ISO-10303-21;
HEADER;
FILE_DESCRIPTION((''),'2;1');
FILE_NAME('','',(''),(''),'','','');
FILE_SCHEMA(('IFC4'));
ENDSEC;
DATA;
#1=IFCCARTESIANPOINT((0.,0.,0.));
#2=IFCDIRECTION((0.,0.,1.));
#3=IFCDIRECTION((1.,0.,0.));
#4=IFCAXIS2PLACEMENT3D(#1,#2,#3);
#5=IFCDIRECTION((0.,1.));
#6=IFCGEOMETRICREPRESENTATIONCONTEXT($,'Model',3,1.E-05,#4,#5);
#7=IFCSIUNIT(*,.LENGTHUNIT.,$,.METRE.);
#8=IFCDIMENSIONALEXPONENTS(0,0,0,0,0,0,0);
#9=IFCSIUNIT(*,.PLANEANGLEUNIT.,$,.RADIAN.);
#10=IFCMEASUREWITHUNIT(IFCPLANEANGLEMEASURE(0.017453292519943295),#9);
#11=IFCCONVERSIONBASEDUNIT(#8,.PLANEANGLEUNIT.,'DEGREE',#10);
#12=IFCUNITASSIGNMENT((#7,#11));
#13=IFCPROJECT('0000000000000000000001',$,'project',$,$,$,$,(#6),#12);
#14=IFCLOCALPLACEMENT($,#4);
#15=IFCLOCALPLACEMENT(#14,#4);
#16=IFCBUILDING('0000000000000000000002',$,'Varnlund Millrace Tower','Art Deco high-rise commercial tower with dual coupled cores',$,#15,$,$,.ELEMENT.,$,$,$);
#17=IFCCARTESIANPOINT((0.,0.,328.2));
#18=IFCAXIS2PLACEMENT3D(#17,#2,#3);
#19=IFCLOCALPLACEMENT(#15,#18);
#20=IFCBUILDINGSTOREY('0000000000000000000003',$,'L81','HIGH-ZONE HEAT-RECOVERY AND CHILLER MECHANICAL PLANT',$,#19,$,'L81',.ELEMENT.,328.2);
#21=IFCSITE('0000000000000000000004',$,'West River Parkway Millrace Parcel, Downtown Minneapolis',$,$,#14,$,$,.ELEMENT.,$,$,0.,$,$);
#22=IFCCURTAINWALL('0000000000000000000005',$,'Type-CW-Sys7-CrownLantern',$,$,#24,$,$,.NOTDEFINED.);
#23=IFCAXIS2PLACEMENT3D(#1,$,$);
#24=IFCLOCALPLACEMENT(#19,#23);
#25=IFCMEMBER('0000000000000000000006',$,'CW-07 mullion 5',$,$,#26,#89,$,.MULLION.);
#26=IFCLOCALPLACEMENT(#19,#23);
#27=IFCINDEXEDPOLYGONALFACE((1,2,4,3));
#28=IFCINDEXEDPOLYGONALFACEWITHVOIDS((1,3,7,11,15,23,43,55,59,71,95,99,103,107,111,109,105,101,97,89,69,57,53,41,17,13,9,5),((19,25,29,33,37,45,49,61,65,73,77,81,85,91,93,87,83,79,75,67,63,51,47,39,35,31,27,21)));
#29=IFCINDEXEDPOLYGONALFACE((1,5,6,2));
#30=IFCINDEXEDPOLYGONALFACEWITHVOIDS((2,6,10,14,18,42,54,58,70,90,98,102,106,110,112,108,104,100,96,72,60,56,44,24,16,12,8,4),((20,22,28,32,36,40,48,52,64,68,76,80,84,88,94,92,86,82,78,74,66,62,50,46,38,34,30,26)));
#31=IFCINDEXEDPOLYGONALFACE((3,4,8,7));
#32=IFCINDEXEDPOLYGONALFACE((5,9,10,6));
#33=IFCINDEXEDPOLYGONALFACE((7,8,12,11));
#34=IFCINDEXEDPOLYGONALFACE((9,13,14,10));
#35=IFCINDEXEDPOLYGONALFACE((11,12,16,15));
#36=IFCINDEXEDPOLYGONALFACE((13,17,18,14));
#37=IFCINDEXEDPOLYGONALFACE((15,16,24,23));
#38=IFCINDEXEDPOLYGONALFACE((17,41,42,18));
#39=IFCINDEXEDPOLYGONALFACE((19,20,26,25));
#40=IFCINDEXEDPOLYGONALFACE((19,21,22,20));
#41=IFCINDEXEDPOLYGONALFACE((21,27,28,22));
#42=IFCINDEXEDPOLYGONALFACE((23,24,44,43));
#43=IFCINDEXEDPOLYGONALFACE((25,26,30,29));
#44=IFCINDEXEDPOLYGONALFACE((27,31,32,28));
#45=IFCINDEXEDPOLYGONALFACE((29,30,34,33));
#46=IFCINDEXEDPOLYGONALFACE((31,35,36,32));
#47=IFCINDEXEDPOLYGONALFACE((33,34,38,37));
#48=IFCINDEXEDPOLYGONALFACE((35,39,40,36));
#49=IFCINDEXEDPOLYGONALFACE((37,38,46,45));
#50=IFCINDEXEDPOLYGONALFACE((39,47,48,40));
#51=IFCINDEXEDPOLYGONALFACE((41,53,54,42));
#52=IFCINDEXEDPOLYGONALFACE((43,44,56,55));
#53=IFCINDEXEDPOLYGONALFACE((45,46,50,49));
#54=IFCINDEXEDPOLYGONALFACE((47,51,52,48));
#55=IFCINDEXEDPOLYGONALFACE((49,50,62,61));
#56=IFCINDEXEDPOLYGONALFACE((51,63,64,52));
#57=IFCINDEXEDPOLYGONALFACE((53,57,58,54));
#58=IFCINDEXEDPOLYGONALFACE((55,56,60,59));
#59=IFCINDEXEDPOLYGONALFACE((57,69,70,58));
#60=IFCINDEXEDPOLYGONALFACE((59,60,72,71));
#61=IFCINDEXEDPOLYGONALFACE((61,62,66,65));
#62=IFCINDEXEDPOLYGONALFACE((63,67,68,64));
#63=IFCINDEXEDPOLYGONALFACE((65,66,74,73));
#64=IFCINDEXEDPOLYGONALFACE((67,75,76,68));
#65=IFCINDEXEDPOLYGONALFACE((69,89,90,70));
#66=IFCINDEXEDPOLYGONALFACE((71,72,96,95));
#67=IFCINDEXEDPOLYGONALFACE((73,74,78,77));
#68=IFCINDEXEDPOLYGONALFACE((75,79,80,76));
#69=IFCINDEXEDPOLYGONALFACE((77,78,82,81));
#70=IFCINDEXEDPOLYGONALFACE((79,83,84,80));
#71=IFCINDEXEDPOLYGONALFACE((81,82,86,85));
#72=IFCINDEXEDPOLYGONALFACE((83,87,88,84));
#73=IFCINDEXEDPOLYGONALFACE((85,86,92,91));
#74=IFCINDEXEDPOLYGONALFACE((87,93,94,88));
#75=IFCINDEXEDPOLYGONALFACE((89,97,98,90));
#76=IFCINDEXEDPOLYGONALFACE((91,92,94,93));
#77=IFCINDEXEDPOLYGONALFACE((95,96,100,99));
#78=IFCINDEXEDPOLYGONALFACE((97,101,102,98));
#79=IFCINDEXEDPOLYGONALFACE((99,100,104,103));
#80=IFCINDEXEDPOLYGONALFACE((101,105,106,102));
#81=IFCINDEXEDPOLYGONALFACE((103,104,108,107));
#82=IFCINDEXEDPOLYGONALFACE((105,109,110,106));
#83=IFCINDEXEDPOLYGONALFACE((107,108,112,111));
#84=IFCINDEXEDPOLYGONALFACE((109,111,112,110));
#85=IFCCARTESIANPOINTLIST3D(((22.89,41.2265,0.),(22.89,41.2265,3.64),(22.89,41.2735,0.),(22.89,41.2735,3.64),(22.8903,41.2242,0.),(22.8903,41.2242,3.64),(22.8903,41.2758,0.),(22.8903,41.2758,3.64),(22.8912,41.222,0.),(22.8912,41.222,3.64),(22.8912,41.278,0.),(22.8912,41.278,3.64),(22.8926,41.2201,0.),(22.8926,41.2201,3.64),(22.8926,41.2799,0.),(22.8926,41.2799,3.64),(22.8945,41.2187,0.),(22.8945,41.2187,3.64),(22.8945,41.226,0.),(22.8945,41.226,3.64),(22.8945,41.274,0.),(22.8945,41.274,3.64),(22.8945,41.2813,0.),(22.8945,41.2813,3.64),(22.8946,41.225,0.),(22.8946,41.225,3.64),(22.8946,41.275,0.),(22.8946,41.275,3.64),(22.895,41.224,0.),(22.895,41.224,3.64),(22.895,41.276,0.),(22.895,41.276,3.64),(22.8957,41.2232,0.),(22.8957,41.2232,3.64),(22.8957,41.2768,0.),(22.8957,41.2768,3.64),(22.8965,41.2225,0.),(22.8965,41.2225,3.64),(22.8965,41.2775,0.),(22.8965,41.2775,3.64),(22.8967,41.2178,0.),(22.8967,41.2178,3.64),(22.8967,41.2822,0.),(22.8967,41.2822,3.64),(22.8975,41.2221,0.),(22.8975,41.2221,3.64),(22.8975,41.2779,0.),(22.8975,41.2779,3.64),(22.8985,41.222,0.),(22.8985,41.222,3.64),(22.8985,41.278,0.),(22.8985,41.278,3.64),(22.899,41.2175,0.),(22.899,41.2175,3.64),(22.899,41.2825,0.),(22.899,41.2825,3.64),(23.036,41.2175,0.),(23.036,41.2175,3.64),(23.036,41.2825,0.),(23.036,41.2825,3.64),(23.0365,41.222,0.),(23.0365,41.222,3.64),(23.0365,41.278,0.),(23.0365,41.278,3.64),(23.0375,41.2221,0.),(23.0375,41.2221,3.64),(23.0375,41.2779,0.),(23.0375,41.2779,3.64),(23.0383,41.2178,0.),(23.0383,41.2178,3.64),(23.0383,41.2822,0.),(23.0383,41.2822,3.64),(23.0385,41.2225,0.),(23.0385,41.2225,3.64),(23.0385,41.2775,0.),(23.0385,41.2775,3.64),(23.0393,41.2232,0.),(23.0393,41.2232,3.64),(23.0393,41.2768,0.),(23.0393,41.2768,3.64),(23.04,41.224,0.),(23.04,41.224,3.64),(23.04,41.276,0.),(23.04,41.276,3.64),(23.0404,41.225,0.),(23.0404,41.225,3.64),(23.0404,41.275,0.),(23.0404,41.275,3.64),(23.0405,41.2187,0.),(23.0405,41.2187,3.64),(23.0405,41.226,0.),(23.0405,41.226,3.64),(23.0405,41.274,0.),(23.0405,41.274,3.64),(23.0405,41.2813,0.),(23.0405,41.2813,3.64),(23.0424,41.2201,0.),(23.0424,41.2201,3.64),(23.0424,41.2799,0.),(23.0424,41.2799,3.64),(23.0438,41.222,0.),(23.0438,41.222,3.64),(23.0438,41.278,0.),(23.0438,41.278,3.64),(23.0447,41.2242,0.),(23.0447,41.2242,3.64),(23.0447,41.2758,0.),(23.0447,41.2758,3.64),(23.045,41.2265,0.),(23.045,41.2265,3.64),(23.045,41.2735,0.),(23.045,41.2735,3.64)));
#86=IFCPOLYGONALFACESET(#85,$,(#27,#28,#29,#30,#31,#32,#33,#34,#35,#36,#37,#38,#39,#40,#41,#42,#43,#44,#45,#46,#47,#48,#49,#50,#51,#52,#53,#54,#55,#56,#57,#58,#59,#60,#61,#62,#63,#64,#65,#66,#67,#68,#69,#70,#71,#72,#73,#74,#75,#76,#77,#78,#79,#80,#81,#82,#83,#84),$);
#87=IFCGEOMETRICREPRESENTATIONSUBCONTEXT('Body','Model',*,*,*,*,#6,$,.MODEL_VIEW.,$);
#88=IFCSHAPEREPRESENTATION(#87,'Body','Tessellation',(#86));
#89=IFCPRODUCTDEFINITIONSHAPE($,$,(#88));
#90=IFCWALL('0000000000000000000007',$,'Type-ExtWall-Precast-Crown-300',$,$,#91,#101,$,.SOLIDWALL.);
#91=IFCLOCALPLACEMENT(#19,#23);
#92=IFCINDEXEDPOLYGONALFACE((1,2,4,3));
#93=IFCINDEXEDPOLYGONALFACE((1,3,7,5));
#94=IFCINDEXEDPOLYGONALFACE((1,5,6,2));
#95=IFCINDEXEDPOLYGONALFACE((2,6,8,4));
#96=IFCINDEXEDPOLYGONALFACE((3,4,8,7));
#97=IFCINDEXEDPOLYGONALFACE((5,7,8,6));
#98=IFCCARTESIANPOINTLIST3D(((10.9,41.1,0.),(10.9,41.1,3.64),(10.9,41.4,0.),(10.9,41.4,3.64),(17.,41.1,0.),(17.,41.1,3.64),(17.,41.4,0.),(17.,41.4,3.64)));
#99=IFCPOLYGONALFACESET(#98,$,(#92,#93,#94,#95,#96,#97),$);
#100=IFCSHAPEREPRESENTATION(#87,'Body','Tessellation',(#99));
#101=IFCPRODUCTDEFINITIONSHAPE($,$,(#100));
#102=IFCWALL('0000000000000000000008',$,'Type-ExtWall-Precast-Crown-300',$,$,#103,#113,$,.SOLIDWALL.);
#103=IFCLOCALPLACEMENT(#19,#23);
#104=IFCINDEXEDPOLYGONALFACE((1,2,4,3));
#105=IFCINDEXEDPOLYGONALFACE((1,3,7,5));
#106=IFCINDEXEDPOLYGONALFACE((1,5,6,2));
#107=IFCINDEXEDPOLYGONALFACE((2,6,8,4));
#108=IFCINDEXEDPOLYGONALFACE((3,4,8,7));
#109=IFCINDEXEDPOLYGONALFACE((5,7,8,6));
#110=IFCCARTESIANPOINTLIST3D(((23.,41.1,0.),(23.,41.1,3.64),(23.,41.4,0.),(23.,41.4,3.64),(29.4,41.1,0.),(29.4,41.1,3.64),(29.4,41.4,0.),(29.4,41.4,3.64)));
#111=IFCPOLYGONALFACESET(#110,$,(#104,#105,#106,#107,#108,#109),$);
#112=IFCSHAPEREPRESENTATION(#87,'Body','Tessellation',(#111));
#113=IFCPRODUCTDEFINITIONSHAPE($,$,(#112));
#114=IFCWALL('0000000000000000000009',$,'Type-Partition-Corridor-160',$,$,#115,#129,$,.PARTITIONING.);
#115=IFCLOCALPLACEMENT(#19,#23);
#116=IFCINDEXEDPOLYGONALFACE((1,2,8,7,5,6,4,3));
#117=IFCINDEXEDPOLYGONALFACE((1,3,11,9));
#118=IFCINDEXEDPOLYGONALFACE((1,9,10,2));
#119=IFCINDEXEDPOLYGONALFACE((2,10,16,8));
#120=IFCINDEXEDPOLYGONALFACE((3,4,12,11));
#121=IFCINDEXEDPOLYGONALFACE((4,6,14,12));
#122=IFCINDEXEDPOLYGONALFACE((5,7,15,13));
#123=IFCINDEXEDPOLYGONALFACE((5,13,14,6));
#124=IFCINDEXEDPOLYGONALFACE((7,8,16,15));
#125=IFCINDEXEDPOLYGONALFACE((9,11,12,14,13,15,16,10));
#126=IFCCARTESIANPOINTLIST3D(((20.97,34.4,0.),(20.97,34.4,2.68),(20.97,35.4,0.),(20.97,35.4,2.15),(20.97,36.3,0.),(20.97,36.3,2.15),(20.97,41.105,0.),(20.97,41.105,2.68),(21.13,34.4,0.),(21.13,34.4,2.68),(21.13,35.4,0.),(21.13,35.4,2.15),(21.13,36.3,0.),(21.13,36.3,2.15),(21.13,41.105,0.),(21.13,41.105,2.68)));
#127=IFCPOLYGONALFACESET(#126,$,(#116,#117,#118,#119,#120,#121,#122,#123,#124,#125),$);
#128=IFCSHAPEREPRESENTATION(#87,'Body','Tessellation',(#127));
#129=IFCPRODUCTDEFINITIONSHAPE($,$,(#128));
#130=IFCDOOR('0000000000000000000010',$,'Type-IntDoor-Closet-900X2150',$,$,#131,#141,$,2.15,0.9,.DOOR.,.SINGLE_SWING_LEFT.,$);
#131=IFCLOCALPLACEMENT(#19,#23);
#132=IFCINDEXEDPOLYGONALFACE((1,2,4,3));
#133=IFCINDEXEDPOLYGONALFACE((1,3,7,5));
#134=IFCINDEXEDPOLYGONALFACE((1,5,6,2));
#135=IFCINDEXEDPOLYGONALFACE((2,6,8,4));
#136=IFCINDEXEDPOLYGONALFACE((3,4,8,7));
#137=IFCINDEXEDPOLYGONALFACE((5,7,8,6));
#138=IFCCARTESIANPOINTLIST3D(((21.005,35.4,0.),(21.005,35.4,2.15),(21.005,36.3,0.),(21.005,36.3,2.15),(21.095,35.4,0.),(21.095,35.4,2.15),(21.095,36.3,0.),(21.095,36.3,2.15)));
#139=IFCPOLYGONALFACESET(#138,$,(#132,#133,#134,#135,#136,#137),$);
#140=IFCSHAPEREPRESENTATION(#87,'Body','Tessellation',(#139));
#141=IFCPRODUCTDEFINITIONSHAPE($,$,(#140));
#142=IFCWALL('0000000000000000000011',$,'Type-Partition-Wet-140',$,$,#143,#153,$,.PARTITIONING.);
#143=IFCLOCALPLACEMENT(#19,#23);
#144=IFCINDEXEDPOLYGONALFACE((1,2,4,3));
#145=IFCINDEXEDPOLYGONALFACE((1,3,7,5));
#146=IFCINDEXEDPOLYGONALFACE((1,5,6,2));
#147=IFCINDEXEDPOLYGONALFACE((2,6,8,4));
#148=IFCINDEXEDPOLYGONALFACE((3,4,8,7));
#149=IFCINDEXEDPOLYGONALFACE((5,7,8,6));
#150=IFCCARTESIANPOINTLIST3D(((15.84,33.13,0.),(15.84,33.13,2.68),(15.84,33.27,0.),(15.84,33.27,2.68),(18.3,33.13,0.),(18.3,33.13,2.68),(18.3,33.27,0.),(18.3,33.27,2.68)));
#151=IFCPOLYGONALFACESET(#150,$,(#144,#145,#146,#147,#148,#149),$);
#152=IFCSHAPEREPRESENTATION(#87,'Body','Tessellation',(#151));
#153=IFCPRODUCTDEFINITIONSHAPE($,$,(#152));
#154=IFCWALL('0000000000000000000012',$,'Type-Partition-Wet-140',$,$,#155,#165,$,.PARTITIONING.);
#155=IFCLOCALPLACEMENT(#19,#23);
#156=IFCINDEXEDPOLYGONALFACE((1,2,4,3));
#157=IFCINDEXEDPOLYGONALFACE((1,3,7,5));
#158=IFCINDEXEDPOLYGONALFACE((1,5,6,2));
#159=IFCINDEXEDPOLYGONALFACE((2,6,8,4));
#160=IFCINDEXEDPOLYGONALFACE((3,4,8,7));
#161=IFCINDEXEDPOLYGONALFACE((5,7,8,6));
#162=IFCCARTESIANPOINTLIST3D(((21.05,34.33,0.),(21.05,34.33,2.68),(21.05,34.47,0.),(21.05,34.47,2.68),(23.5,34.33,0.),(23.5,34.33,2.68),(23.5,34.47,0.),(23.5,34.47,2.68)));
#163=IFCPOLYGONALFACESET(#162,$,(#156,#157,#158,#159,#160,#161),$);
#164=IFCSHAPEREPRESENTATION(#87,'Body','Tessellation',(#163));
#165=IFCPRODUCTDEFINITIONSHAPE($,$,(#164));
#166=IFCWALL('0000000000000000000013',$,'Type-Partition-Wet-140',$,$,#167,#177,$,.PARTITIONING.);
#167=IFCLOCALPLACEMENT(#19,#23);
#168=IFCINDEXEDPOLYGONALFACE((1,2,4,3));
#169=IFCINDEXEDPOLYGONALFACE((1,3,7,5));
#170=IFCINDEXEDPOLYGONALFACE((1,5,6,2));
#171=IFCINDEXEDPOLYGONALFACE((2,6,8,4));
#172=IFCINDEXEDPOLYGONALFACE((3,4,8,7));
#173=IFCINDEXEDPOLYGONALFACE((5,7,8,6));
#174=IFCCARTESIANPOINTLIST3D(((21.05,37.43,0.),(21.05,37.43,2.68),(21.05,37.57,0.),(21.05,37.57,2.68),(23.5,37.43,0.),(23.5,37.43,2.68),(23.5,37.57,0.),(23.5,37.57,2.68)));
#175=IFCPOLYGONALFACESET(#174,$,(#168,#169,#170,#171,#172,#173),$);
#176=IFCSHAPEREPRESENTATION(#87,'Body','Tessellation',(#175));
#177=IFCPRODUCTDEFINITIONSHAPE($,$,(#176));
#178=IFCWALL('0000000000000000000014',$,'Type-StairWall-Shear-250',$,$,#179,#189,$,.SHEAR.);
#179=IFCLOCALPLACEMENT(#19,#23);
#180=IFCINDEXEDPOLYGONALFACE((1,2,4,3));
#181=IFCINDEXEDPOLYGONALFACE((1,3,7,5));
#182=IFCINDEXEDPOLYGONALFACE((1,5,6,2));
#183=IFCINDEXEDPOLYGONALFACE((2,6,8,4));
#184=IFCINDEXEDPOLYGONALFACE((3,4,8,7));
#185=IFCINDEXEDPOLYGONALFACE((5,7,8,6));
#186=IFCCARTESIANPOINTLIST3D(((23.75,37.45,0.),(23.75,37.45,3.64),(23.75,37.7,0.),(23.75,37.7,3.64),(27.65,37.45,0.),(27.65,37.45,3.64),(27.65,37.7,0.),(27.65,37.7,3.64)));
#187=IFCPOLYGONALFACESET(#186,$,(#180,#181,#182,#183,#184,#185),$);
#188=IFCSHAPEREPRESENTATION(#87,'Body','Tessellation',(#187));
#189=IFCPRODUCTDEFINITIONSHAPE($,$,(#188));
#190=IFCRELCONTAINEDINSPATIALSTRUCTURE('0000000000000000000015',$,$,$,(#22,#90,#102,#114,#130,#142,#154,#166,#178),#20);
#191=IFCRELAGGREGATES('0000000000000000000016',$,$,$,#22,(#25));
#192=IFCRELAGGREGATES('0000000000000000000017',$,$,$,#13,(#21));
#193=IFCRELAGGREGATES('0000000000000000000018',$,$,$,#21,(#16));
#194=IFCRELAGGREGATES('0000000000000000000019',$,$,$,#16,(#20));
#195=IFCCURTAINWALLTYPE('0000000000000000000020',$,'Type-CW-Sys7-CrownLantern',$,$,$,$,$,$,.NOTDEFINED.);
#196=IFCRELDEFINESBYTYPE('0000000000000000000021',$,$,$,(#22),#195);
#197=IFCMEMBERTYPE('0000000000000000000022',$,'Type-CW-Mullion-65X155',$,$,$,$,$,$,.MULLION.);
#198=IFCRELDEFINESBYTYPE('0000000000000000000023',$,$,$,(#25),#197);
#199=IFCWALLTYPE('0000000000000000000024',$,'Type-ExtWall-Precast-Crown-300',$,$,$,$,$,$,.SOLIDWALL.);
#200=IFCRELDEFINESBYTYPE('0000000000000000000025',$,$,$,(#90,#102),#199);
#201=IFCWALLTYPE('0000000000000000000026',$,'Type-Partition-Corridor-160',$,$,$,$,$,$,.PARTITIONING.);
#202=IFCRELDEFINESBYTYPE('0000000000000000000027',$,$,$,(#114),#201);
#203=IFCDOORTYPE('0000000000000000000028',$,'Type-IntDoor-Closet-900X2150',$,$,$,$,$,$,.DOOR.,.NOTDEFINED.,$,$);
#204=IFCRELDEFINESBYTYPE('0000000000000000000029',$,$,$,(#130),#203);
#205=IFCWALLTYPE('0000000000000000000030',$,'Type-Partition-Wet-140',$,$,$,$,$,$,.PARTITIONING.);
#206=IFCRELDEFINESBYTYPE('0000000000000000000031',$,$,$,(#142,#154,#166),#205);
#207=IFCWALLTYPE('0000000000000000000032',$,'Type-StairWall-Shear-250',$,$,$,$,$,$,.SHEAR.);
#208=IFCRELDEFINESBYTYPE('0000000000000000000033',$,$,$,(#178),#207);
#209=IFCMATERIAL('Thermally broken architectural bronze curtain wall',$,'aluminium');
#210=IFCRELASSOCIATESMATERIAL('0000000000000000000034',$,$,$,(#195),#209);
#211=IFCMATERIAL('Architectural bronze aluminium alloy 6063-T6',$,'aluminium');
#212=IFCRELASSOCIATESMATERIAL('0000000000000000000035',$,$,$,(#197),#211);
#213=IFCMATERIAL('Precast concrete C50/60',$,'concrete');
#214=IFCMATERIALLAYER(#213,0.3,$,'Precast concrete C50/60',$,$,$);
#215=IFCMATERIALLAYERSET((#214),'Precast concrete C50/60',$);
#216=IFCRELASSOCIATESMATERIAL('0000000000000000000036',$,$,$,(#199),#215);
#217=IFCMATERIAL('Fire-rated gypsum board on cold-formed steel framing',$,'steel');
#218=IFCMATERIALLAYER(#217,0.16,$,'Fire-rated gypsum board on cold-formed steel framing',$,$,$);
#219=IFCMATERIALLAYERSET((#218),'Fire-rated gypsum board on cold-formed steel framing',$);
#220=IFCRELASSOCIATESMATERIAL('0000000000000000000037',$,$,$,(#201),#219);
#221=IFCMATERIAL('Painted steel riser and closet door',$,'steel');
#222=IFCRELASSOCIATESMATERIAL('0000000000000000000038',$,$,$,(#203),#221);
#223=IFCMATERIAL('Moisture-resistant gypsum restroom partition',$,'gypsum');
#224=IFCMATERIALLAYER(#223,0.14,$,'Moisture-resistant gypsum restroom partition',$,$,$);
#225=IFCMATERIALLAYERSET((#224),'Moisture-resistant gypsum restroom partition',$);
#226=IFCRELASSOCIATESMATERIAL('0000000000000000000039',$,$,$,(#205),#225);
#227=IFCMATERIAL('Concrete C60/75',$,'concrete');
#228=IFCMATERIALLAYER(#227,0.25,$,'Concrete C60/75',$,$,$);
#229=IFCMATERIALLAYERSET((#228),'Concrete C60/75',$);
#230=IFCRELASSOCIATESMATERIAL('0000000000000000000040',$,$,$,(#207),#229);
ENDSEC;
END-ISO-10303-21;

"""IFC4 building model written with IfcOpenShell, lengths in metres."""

from ifc_helpers import new_model, entity, si_unit, converted_unit, direction, frame, origin_with_axes, origin_2d_with_axis, place, context, subcontext, project, spatial, polyline, rectangle, hollow_rectangle, outline, extrude, material, layer, layer_set, material_profile, profile_set, type_object, element, fill, aggregate, save


model = new_model("IFC4")

# Units and contexts
model_context = context("Model", 3, precision=1e-05, world=origin_with_axes(), true_north=direction((0.0, 1.0)))
body_context = subcontext(model_context, "Body", "Model", "MODEL_VIEW")
ifc_project = project(units=[si_unit("LENGTHUNIT", "METRE"), converted_unit("PLANEANGLEUNIT", "DEGREE", entity("IfcPlaneAngleMeasure", 0.017453292519943295), si_unit("PLANEANGLEUNIT", "RADIAN"), dimensions=[0, 0, 0, 0, 0, 0, 0])], contexts=[model_context])

# Site, building, storey
site_placement = place(None, origin_with_axes())
site = spatial("IfcSite", under=ifc_project, at=site_placement, Name="West River Parkway Millrace Parcel, Downtown Minneapolis", CompositionType="ELEMENT", RefElevation=0.0)
building_placement = place(site_placement, origin_with_axes())
building = spatial("IfcBuilding", under=site, at=building_placement, Name="Varnlund Millrace Tower", Description="Art Deco high-rise commercial tower with dual coupled cores", CompositionType="ELEMENT")
storey_placement = place(building_placement, frame((0.0, 0.0, 328.2), z_axis=(0.0, 0.0, 1.0), x_axis=(1.0, 0.0, 0.0)))
storey = spatial("IfcBuildingStorey", under=building, at=storey_placement, Name="L81", Description="HIGH-ZONE HEAT-RECOVERY AND CHILLER MECHANICAL PLANT", LongName="L81", CompositionType="ELEMENT", Elevation=328.2)

# Curtain wall, member
ifc_material_1 = material(Name="Thermally broken architectural bronze curtain wall", Category="aluminium")
curtain_wall_type = type_object("IfcCurtainWallType", Name="Type-CW-Sys7-CrownLantern", PredefinedType="NOTDEFINED", material=ifc_material_1)
ifc_material_2 = material(Name="Architectural bronze aluminium alloy 6063-T6", Category="aluminium")
ifc_material_profile_1 = material_profile(ifc_material_2, hollow_rectangle(XDim=0.065, YDim=0.155, WallThickness=0.0045, InnerFilletRadius=0.004, OuterFilletRadius=0.009, at=origin_2d_with_axis()), Name="Architectural bronze aluminium alloy 6063-T6")
ifc_profile_set_1 = profile_set([ifc_material_profile_1], Name="Architectural bronze aluminium alloy 6063-T6")
member_type = type_object("IfcMemberType", Name="Type-CW-Mullion-65X155", PredefinedType="MULLION", material=ifc_profile_set_1)
curtain_wall_1_placement = place(storey_placement, frame((17.0, 41.25, 0.0), z_axis=(0.0, 0.0, 1.0), x_axis=(1.0, 0.0, 0.0)))
curtain_wall_1 = element("IfcCurtainWall", 1, at=curtain_wall_1_placement, inside=storey, type_object=curtain_wall_type, Name="Type-CW-Sys7-CrownLantern", PredefinedType="NOTDEFINED")
member_1_placement = place(storey_placement, frame((22.9675, 41.25, 0.0), z_axis=(0.0, 0.0, 1.0), x_axis=(0.0, 1.0, 0.0)))
member_1 = element("IfcMember", 2, at=member_1_placement, type_object=member_type, Name="CW-07 mullion 5", PredefinedType="MULLION", context=body_context, shape_type="SweptSolid", body=[
    extrude(hollow_rectangle(XDim=0.065, YDim=0.155, WallThickness=0.0045, InnerFilletRadius=0.004, OuterFilletRadius=0.009, at=origin_2d_with_axis()), origin_with_axes(), (0.0, 0.0, 1.0), 3.64),
])
aggregate(curtain_wall_1, [member_1])

# Walls
ifc_material_3 = material(Name="Precast concrete C50/60", Category="concrete")
ifc_layer_1 = layer(ifc_material_3, 0.3, Name="Precast concrete C50/60")
ifc_layer_set_1 = layer_set([ifc_layer_1], Name="Precast concrete C50/60")
wall_type_1 = type_object("IfcWallType", Name="Type-ExtWall-Precast-Crown-300", PredefinedType="SOLIDWALL", material=ifc_layer_set_1)
wall_1_placement = place(storey_placement, frame((10.9, 41.25, 0.0), z_axis=(0.0, 0.0, 1.0), x_axis=(1.0, 0.0, 0.0)))
element("IfcWall", 3, at=wall_1_placement, inside=storey, type_object=wall_type_1, Name="Type-ExtWall-Precast-Crown-300", PredefinedType="SOLIDWALL", context=body_context, shape_type="SweptSolid", body=[
    extrude(outline(polyline([(0.0, -0.15), (6.1, -0.15), (6.1, 0.15), (0.0, 0.15), (0.0, -0.15)])), origin_with_axes(), (0.0, 0.0, 1.0), 3.64),
])
wall_2_placement = place(storey_placement, frame((23.0, 41.25, 0.0), z_axis=(0.0, 0.0, 1.0), x_axis=(1.0, 0.0, 0.0)))
element("IfcWall", 4, at=wall_2_placement, inside=storey, type_object=wall_type_1, Name="Type-ExtWall-Precast-Crown-300", PredefinedType="SOLIDWALL", context=body_context, shape_type="SweptSolid", body=[
    extrude(outline(polyline([(0.0, -0.15), (6.4, -0.15), (6.4, 0.15), (0.0, 0.15), (0.0, -0.15)])), origin_with_axes(), (0.0, 0.0, 1.0), 3.64),
])

# Wall, opening, door
ifc_material_4 = material(Name="Fire-rated gypsum board on cold-formed steel framing", Category="steel")
ifc_layer_2 = layer(ifc_material_4, 0.16, Name="Fire-rated gypsum board on cold-formed steel framing")
ifc_layer_set_2 = layer_set([ifc_layer_2], Name="Fire-rated gypsum board on cold-formed steel framing")
wall_type_2 = type_object("IfcWallType", Name="Type-Partition-Corridor-160", PredefinedType="PARTITIONING", material=ifc_layer_set_2)
wall_3_placement = place(storey_placement, frame((21.05, 34.4, 0.0), z_axis=(0.0, 0.0, 1.0), x_axis=(0.0, 1.0, 0.0)))
wall_3 = element("IfcWall", 5, at=wall_3_placement, inside=storey, type_object=wall_type_2, Name="Type-Partition-Corridor-160", PredefinedType="PARTITIONING", context=body_context, shape_type="SweptSolid", body=[
    extrude(outline(polyline([(0.0, -0.08), (6.705, -0.08), (6.705, 0.08), (0.0, 0.08), (0.0, -0.08)])), origin_with_axes(), (0.0, 0.0, 1.0), 2.68),
])
opening_placement = place(wall_3_placement, frame((1.45, 0.0, 0.0), z_axis=(0.0, 0.0, 1.0), x_axis=(1.0, 0.0, 0.0)))
opening = element("IfcOpeningElement", 6, at=opening_placement, cuts=wall_3, PredefinedType="OPENING", context=body_context, shape_type="SweptSolid", body=[
    extrude(rectangle(XDim=0.9, YDim=0.18, at=origin_2d_with_axis()), origin_with_axes(), (0.0, 0.0, 1.0), 2.15),
])
ifc_material_5 = material(Name="Painted steel riser and closet door", Category="steel")
door_type = type_object("IfcDoorType", Name="Type-IntDoor-Closet-900X2150", OperationType="NOTDEFINED", PredefinedType="DOOR", material=ifc_material_5)
door_placement = place(wall_3_placement, frame((1.45, 0.0, 0.0), z_axis=(0.0, 0.0, 1.0), x_axis=(1.0, 0.0, 0.0)))
door = element("IfcDoor", 7, at=door_placement, inside=storey, type_object=door_type, Name="Type-IntDoor-Closet-900X2150", OperationType="SINGLE_SWING_LEFT", OverallHeight=2.15, OverallWidth=0.9, PredefinedType="DOOR", context=body_context, shape_type="SweptSolid", body=[
    extrude(rectangle(XDim=0.9, YDim=0.09, at=origin_2d_with_axis()), origin_with_axes(), (0.0, 0.0, 1.0), 2.15),
])
fill(opening, door)

# Walls
ifc_material_6 = material(Name="Moisture-resistant gypsum restroom partition", Category="gypsum")
ifc_layer_3 = layer(ifc_material_6, 0.14, Name="Moisture-resistant gypsum restroom partition")
ifc_layer_set_3 = layer_set([ifc_layer_3], Name="Moisture-resistant gypsum restroom partition")
wall_type_3 = type_object("IfcWallType", Name="Type-Partition-Wet-140", PredefinedType="PARTITIONING", material=ifc_layer_set_3)
wall_4_placement = place(storey_placement, frame((15.84, 33.2, 0.0), z_axis=(0.0, 0.0, 1.0), x_axis=(1.0, 0.0, 0.0)))
element("IfcWall", 8, at=wall_4_placement, inside=storey, type_object=wall_type_3, Name="Type-Partition-Wet-140", PredefinedType="PARTITIONING", context=body_context, shape_type="SweptSolid", body=[
    extrude(outline(polyline([(0.0, -0.07), (2.46, -0.07), (2.46, 0.07), (0.0, 0.07), (0.0, -0.07)])), origin_with_axes(), (0.0, 0.0, 1.0), 2.68),
])
for number, where, z_axis, x_axis, name in (
    (9, (21.05, 34.4, 0.0), (0.0, 0.0, 1.0), (1.0, 0.0, 0.0), "Type-Partition-Wet-140"),
    (10, (21.05, 37.5, 0.0), (0.0, 0.0, 1.0), (1.0, 0.0, 0.0), "Type-Partition-Wet-140"),
):
    element("IfcWall", number, at=place(storey_placement, frame(where, z_axis=z_axis, x_axis=x_axis)), inside=storey, type_object=wall_type_3, Name=name, PredefinedType="PARTITIONING", context=body_context, shape_type="SweptSolid", body=[
        extrude(outline(polyline([(0.0, -0.07), (2.45, -0.07), (2.45, 0.07), (0.0, 0.07), (0.0, -0.07)])), origin_with_axes(), (0.0, 0.0, 1.0), 2.68),
    ])
ifc_material_7 = material(Name="Concrete C60/75", Category="concrete")
ifc_layer_4 = layer(ifc_material_7, 0.25, Name="Concrete C60/75")
ifc_layer_set_4 = layer_set([ifc_layer_4], Name="Concrete C60/75")
wall_type_4 = type_object("IfcWallType", Name="Type-StairWall-Shear-250", PredefinedType="SHEAR", material=ifc_layer_set_4)
wall_5_placement = place(storey_placement, frame((23.75, 37.575, 0.0), z_axis=(0.0, 0.0, 1.0), x_axis=(1.0, 0.0, 0.0)))
element("IfcWall", 11, at=wall_5_placement, inside=storey, type_object=wall_type_4, Name="Type-StairWall-Shear-250", PredefinedType="SHEAR", context=body_context, shape_type="SweptSolid", body=[
    extrude(outline(polyline([(0.0, -0.125), (3.9, -0.125), (3.9, 0.125), (0.0, 0.125), (0.0, -0.125)])), origin_with_axes(), (0.0, 0.0, 1.0), 3.64),
])

save(model, "model.ifc")
